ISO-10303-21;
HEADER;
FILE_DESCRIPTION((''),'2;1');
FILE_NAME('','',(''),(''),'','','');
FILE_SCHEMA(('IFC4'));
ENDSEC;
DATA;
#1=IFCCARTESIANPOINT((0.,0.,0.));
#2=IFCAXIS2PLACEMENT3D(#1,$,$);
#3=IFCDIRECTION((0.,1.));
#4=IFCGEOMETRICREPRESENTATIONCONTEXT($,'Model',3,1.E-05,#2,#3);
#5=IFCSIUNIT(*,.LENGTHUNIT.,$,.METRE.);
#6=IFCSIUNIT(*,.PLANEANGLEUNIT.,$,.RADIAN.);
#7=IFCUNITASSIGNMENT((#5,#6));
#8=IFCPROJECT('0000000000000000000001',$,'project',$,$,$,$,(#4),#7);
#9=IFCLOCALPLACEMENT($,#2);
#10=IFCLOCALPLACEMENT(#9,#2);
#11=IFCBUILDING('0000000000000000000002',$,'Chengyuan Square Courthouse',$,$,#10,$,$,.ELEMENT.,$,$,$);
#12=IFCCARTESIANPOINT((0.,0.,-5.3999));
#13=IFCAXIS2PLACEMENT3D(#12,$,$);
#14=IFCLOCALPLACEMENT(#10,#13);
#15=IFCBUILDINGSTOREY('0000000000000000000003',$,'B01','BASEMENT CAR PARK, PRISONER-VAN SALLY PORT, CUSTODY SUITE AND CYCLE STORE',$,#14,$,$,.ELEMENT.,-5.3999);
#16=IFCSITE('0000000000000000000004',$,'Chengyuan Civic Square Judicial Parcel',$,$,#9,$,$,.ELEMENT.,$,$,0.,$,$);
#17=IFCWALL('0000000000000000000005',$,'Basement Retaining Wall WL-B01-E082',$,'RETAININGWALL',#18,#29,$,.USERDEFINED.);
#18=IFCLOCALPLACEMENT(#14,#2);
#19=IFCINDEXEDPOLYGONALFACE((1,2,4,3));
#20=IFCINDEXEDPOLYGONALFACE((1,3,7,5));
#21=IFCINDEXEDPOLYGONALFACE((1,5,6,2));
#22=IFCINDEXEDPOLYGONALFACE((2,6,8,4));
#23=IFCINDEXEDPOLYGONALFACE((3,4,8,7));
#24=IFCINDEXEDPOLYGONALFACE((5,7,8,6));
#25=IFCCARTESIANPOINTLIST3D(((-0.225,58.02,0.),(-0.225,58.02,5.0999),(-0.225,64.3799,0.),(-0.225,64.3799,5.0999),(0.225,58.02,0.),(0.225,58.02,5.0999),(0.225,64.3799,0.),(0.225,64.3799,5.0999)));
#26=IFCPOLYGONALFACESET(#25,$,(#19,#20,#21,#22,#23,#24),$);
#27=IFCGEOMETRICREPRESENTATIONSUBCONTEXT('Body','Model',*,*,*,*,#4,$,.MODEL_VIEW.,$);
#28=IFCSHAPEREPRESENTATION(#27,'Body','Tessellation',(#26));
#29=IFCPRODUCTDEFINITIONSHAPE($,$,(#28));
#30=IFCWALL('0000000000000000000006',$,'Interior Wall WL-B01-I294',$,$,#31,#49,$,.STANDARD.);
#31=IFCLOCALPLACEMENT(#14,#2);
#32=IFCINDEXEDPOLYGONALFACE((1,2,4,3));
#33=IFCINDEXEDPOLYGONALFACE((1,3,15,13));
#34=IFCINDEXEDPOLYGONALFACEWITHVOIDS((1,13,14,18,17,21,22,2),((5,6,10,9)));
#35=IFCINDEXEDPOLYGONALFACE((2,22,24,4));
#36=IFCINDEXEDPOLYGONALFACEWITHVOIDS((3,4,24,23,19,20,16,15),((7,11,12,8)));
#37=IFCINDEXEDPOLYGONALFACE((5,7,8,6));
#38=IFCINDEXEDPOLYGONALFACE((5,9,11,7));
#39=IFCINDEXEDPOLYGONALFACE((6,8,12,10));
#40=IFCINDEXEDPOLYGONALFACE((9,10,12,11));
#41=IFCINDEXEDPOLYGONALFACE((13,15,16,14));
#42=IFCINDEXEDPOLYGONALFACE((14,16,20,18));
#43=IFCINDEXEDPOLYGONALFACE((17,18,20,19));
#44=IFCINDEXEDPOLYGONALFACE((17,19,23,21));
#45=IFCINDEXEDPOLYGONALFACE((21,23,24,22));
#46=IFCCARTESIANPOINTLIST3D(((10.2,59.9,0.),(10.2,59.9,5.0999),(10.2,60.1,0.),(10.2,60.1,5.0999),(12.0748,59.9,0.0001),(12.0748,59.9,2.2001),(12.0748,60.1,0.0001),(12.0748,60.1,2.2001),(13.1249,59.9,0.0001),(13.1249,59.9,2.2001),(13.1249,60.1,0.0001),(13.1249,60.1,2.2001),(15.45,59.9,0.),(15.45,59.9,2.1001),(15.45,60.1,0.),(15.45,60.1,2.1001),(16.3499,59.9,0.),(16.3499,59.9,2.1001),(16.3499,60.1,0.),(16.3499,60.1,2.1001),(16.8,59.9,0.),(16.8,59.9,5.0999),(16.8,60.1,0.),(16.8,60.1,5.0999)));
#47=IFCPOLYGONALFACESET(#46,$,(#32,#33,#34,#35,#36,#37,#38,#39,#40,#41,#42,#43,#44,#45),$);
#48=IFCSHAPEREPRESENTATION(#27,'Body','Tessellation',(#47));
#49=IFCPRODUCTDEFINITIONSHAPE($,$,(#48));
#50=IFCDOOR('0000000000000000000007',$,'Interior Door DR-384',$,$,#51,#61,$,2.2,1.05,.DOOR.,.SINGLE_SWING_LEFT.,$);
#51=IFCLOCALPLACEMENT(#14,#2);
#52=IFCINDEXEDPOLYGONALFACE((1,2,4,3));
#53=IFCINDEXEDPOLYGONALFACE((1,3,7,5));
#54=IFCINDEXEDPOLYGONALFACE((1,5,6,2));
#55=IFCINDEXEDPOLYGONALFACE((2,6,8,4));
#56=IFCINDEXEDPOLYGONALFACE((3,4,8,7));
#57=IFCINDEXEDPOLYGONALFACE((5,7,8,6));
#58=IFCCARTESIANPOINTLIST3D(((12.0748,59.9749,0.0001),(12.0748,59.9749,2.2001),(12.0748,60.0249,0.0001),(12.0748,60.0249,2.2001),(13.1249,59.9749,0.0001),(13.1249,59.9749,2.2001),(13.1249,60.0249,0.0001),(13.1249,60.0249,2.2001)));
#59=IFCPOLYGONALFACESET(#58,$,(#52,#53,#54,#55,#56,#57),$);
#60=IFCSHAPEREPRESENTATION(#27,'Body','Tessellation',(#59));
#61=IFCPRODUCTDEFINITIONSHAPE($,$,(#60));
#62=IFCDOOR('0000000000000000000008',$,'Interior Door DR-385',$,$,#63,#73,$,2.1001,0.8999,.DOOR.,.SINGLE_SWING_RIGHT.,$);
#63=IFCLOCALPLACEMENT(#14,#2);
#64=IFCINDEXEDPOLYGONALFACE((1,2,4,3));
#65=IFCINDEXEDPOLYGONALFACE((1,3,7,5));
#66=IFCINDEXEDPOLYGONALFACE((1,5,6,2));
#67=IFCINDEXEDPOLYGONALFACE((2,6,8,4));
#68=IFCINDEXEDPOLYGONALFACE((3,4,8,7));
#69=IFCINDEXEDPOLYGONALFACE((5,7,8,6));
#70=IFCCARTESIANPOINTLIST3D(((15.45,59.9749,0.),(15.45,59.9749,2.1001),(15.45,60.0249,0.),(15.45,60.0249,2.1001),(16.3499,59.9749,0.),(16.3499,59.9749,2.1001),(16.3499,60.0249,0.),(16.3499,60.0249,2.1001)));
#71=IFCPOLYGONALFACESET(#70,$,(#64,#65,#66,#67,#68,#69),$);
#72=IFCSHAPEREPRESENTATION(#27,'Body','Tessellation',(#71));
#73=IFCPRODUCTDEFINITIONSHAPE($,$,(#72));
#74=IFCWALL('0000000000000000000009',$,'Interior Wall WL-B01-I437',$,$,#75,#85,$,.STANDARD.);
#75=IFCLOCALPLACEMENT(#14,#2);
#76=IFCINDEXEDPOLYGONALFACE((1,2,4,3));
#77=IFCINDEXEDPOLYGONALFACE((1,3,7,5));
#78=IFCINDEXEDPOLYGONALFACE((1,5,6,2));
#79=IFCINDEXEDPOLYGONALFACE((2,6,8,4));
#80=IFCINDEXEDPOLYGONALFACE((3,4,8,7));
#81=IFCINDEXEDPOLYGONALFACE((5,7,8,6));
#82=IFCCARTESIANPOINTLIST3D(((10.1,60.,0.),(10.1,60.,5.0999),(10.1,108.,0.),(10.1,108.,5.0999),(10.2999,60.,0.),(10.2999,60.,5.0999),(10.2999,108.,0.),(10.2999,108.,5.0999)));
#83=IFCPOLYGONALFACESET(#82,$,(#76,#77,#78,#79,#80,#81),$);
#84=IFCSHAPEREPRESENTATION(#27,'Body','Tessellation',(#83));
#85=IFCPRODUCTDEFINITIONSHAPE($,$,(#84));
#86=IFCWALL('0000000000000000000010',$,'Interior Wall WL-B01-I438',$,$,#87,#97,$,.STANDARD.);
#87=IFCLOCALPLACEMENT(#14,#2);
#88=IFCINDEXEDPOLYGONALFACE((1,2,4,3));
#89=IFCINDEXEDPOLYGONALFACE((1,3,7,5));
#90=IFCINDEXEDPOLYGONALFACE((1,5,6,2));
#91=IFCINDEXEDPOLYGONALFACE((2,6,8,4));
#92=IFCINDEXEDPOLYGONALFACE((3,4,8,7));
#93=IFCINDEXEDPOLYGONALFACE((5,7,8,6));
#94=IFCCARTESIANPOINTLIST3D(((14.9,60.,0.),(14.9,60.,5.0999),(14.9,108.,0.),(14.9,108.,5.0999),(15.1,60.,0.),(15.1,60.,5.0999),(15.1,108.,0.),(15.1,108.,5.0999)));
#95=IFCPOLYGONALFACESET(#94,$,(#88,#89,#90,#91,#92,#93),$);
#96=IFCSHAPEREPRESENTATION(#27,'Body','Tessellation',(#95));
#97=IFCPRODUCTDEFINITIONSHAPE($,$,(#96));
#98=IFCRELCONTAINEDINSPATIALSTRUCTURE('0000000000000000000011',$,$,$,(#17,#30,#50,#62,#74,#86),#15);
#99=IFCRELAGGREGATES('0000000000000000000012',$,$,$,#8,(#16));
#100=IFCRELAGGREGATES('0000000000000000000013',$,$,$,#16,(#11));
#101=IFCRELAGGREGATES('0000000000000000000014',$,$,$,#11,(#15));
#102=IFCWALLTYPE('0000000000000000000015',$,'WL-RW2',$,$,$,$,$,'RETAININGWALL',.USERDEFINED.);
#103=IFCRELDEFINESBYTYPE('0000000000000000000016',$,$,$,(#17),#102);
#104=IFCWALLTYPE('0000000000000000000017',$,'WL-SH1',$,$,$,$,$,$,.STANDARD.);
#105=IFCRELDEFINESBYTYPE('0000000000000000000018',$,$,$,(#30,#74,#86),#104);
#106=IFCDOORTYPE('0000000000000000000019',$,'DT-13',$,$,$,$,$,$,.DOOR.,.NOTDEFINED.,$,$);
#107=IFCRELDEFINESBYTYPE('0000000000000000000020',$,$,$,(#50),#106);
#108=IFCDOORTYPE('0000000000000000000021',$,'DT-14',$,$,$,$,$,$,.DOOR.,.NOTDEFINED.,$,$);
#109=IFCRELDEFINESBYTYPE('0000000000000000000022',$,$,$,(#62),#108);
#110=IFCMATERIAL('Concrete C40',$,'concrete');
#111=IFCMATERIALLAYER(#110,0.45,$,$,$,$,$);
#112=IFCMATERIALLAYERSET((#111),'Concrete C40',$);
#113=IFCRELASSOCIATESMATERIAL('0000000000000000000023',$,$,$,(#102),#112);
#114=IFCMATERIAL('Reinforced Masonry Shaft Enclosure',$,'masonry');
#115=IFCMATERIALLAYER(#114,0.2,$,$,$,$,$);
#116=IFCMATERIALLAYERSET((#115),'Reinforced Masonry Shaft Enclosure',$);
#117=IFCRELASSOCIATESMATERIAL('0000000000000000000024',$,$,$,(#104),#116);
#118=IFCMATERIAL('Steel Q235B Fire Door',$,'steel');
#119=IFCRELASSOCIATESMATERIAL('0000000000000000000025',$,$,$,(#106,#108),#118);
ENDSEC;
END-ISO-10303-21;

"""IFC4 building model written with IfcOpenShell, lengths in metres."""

from ifc_helpers import new_model, si_unit, direction, frame, frame_2d, origin, place, context, subcontext, project, spatial, rectangle, extrude, material, layer, layer_set, type_object, element, fill, save


model = new_model("IFC4")

# Units and contexts
model_context = context("Model", 3, precision=1e-05, world=origin(), true_north=direction((0.0, 1.0)))
body_context = subcontext(model_context, "Body", "Model", "MODEL_VIEW")
ifc_project = project(units=[si_unit("LENGTHUNIT", "METRE"), si_unit("PLANEANGLEUNIT", "RADIAN")], contexts=[model_context])

# Site, building, storey
site_placement = place(None, origin())
site = spatial("IfcSite", under=ifc_project, at=site_placement, Name="Chengyuan Civic Square Judicial Parcel", CompositionType="ELEMENT", RefElevation=0.0)
building_placement = place(site_placement, origin())
building = spatial("IfcBuilding", under=site, at=building_placement, Name="Chengyuan Square Courthouse", CompositionType="ELEMENT")
storey_placement = place(building_placement, frame((0.0, 0.0, -5.3999)))
storey = spatial("IfcBuildingStorey", under=building, at=storey_placement, Name="B01", Description="BASEMENT CAR PARK, PRISONER-VAN SALLY PORT, CUSTODY SUITE AND CYCLE STORE", CompositionType="ELEMENT", Elevation=-5.3999)

# Shared definitions
ifc_material_1 = material(Name="Concrete C40", Category="concrete")

# Shared definitions
ifc_material_2 = material(Name="Steel Q235B Fire Door", Category="steel")

# Wall
ifc_layer_1 = layer(ifc_material_1, 0.45)
ifc_layer_set_1 = layer_set([ifc_layer_1], Name="Concrete C40")
wall_type_1 = type_object("IfcWallType", Name="WL-RW2", ElementType="RETAININGWALL", PredefinedType="USERDEFINED", material=ifc_layer_set_1)
wall_1_placement = place(storey_placement, frame((0.0, 58.02, 0.0), z_axis=(0.0, 0.0, 1.0), x_axis=(0.0, 1.0, 0.0)))
element("IfcWall", 1, at=wall_1_placement, inside=storey, type_object=wall_type_1, Name="Basement Retaining Wall WL-B01-E082", ObjectType="RETAININGWALL", PredefinedType="USERDEFINED", context=body_context, shape_type="SweptSolid", body=[
    extrude(rectangle(XDim=6.3599, YDim=0.45, at=frame_2d((3.1799, 0.0))), origin(), (0.0, 0.0, 1.0), 5.0999),
])

# Wall, openings, doors
ifc_material_3 = material(Name="Reinforced Masonry Shaft Enclosure", Category="masonry")
ifc_layer_2 = layer(ifc_material_3, 0.2)
ifc_layer_set_2 = layer_set([ifc_layer_2], Name="Reinforced Masonry Shaft Enclosure")
wall_type_2 = type_object("IfcWallType", Name="WL-SH1", PredefinedType="STANDARD", material=ifc_layer_set_2)
wall_2_placement = place(storey_placement, frame((10.2, 60.0, 0.0), z_axis=(0.0, 0.0, 1.0), x_axis=(1.0, 0.0, 0.0)))
wall_2 = element("IfcWall", 2, at=wall_2_placement, inside=storey, type_object=wall_type_2, Name="Interior Wall WL-B01-I294", PredefinedType="STANDARD", context=body_context, shape_type="SweptSolid", body=[
    extrude(rectangle(XDim=6.6001, YDim=0.2, at=frame_2d((3.3, 0.0))), origin(), (0.0, 0.0, 1.0), 5.0999),
])
opening_1_placement = place(wall_2_placement, frame((1.875, 0.0, 0.0)))
opening_1 = element("IfcOpeningElement", 3, at=opening_1_placement, cuts=wall_2, PredefinedType="OPENING", context=body_context, shape_type="SweptSolid", body=[
    extrude(rectangle(XDim=1.05, YDim=2.2, at=frame_2d((0.5249, 1.1001))), frame((0.0, 0.1121, 0.0), z_axis=(0.0, -1.0, 0.0), x_axis=(1.0, 0.0, 0.0)), (0.0, 0.0, 1.0), 0.2239),
])
opening_2_placement = place(wall_2_placement, frame((5.25, 0.0, 0.0)))
opening_2 = element("IfcOpeningElement", 4, at=opening_2_placement, cuts=wall_2, PredefinedType="OPENING", context=body_context, shape_type="SweptSolid", body=[
    extrude(rectangle(XDim=0.8999, YDim=2.1001, at=frame_2d((0.45, 1.05))), frame((0.0, 0.1121, 0.0), z_axis=(0.0, -1.0, 0.0), x_axis=(1.0, 0.0, 0.0)), (0.0, 0.0, 1.0), 0.2239),
])
door_type_1 = type_object("IfcDoorType", Name="DT-13", OperationType="NOTDEFINED", PredefinedType="DOOR", material=ifc_material_2)
door_1_placement = place(opening_1_placement, origin())
door_1 = element("IfcDoor", 5, at=door_1_placement, inside=storey, type_object=door_type_1, Name="Interior Door DR-384", OperationType="SINGLE_SWING_LEFT", OverallHeight=2.2, OverallWidth=1.05, PredefinedType="DOOR", context=body_context, shape_type="SweptSolid", body=[
    extrude(rectangle(XDim=1.05, YDim=2.2, at=frame_2d((0.5249, 1.1001))), frame((0.0, 0.0249, 0.0), z_axis=(0.0, -1.0, 0.0), x_axis=(1.0, 0.0, 0.0)), (0.0, 0.0, 1.0), 0.05),
])
fill(opening_1, door_1)
door_type_2 = type_object("IfcDoorType", Name="DT-14", OperationType="NOTDEFINED", PredefinedType="DOOR", material=ifc_material_2)
door_2_placement = place(opening_2_placement, origin())
door_2 = element("IfcDoor", 6, at=door_2_placement, inside=storey, type_object=door_type_2, Name="Interior Door DR-385", OperationType="SINGLE_SWING_RIGHT", OverallHeight=2.1001, OverallWidth=0.8999, PredefinedType="DOOR", context=body_context, shape_type="SweptSolid", body=[
    extrude(rectangle(XDim=0.8999, YDim=2.1001, at=frame_2d((0.45, 1.05))), frame((0.0, 0.0249, 0.0), z_axis=(0.0, -1.0, 0.0), x_axis=(1.0, 0.0, 0.0)), (0.0, 0.0, 1.0), 0.05),
])
fill(opening_2, door_2)

# Walls
for number, where, z_axis, x_axis, name in (
    (7, (10.2, 60.0, 0.0), (0.0, 0.0, 1.0), (0.0, 1.0, 0.0), "Interior Wall WL-B01-I437"),
    (8, (15.0, 60.0, 0.0), (0.0, 0.0, 1.0), (0.0, 1.0, 0.0), "Interior Wall WL-B01-I438"),
):
    element("IfcWall", number, at=place(storey_placement, frame(where, z_axis=z_axis, x_axis=x_axis)), inside=storey, type_object=wall_type_2, Name=name, PredefinedType="STANDARD", context=body_context, shape_type="SweptSolid", body=[
        extrude(rectangle(XDim=48.0, YDim=0.2, at=frame_2d((24.0, 0.0))), origin(), (0.0, 0.0, 1.0), 5.0999),
    ])

save(model, "model.ifc")
